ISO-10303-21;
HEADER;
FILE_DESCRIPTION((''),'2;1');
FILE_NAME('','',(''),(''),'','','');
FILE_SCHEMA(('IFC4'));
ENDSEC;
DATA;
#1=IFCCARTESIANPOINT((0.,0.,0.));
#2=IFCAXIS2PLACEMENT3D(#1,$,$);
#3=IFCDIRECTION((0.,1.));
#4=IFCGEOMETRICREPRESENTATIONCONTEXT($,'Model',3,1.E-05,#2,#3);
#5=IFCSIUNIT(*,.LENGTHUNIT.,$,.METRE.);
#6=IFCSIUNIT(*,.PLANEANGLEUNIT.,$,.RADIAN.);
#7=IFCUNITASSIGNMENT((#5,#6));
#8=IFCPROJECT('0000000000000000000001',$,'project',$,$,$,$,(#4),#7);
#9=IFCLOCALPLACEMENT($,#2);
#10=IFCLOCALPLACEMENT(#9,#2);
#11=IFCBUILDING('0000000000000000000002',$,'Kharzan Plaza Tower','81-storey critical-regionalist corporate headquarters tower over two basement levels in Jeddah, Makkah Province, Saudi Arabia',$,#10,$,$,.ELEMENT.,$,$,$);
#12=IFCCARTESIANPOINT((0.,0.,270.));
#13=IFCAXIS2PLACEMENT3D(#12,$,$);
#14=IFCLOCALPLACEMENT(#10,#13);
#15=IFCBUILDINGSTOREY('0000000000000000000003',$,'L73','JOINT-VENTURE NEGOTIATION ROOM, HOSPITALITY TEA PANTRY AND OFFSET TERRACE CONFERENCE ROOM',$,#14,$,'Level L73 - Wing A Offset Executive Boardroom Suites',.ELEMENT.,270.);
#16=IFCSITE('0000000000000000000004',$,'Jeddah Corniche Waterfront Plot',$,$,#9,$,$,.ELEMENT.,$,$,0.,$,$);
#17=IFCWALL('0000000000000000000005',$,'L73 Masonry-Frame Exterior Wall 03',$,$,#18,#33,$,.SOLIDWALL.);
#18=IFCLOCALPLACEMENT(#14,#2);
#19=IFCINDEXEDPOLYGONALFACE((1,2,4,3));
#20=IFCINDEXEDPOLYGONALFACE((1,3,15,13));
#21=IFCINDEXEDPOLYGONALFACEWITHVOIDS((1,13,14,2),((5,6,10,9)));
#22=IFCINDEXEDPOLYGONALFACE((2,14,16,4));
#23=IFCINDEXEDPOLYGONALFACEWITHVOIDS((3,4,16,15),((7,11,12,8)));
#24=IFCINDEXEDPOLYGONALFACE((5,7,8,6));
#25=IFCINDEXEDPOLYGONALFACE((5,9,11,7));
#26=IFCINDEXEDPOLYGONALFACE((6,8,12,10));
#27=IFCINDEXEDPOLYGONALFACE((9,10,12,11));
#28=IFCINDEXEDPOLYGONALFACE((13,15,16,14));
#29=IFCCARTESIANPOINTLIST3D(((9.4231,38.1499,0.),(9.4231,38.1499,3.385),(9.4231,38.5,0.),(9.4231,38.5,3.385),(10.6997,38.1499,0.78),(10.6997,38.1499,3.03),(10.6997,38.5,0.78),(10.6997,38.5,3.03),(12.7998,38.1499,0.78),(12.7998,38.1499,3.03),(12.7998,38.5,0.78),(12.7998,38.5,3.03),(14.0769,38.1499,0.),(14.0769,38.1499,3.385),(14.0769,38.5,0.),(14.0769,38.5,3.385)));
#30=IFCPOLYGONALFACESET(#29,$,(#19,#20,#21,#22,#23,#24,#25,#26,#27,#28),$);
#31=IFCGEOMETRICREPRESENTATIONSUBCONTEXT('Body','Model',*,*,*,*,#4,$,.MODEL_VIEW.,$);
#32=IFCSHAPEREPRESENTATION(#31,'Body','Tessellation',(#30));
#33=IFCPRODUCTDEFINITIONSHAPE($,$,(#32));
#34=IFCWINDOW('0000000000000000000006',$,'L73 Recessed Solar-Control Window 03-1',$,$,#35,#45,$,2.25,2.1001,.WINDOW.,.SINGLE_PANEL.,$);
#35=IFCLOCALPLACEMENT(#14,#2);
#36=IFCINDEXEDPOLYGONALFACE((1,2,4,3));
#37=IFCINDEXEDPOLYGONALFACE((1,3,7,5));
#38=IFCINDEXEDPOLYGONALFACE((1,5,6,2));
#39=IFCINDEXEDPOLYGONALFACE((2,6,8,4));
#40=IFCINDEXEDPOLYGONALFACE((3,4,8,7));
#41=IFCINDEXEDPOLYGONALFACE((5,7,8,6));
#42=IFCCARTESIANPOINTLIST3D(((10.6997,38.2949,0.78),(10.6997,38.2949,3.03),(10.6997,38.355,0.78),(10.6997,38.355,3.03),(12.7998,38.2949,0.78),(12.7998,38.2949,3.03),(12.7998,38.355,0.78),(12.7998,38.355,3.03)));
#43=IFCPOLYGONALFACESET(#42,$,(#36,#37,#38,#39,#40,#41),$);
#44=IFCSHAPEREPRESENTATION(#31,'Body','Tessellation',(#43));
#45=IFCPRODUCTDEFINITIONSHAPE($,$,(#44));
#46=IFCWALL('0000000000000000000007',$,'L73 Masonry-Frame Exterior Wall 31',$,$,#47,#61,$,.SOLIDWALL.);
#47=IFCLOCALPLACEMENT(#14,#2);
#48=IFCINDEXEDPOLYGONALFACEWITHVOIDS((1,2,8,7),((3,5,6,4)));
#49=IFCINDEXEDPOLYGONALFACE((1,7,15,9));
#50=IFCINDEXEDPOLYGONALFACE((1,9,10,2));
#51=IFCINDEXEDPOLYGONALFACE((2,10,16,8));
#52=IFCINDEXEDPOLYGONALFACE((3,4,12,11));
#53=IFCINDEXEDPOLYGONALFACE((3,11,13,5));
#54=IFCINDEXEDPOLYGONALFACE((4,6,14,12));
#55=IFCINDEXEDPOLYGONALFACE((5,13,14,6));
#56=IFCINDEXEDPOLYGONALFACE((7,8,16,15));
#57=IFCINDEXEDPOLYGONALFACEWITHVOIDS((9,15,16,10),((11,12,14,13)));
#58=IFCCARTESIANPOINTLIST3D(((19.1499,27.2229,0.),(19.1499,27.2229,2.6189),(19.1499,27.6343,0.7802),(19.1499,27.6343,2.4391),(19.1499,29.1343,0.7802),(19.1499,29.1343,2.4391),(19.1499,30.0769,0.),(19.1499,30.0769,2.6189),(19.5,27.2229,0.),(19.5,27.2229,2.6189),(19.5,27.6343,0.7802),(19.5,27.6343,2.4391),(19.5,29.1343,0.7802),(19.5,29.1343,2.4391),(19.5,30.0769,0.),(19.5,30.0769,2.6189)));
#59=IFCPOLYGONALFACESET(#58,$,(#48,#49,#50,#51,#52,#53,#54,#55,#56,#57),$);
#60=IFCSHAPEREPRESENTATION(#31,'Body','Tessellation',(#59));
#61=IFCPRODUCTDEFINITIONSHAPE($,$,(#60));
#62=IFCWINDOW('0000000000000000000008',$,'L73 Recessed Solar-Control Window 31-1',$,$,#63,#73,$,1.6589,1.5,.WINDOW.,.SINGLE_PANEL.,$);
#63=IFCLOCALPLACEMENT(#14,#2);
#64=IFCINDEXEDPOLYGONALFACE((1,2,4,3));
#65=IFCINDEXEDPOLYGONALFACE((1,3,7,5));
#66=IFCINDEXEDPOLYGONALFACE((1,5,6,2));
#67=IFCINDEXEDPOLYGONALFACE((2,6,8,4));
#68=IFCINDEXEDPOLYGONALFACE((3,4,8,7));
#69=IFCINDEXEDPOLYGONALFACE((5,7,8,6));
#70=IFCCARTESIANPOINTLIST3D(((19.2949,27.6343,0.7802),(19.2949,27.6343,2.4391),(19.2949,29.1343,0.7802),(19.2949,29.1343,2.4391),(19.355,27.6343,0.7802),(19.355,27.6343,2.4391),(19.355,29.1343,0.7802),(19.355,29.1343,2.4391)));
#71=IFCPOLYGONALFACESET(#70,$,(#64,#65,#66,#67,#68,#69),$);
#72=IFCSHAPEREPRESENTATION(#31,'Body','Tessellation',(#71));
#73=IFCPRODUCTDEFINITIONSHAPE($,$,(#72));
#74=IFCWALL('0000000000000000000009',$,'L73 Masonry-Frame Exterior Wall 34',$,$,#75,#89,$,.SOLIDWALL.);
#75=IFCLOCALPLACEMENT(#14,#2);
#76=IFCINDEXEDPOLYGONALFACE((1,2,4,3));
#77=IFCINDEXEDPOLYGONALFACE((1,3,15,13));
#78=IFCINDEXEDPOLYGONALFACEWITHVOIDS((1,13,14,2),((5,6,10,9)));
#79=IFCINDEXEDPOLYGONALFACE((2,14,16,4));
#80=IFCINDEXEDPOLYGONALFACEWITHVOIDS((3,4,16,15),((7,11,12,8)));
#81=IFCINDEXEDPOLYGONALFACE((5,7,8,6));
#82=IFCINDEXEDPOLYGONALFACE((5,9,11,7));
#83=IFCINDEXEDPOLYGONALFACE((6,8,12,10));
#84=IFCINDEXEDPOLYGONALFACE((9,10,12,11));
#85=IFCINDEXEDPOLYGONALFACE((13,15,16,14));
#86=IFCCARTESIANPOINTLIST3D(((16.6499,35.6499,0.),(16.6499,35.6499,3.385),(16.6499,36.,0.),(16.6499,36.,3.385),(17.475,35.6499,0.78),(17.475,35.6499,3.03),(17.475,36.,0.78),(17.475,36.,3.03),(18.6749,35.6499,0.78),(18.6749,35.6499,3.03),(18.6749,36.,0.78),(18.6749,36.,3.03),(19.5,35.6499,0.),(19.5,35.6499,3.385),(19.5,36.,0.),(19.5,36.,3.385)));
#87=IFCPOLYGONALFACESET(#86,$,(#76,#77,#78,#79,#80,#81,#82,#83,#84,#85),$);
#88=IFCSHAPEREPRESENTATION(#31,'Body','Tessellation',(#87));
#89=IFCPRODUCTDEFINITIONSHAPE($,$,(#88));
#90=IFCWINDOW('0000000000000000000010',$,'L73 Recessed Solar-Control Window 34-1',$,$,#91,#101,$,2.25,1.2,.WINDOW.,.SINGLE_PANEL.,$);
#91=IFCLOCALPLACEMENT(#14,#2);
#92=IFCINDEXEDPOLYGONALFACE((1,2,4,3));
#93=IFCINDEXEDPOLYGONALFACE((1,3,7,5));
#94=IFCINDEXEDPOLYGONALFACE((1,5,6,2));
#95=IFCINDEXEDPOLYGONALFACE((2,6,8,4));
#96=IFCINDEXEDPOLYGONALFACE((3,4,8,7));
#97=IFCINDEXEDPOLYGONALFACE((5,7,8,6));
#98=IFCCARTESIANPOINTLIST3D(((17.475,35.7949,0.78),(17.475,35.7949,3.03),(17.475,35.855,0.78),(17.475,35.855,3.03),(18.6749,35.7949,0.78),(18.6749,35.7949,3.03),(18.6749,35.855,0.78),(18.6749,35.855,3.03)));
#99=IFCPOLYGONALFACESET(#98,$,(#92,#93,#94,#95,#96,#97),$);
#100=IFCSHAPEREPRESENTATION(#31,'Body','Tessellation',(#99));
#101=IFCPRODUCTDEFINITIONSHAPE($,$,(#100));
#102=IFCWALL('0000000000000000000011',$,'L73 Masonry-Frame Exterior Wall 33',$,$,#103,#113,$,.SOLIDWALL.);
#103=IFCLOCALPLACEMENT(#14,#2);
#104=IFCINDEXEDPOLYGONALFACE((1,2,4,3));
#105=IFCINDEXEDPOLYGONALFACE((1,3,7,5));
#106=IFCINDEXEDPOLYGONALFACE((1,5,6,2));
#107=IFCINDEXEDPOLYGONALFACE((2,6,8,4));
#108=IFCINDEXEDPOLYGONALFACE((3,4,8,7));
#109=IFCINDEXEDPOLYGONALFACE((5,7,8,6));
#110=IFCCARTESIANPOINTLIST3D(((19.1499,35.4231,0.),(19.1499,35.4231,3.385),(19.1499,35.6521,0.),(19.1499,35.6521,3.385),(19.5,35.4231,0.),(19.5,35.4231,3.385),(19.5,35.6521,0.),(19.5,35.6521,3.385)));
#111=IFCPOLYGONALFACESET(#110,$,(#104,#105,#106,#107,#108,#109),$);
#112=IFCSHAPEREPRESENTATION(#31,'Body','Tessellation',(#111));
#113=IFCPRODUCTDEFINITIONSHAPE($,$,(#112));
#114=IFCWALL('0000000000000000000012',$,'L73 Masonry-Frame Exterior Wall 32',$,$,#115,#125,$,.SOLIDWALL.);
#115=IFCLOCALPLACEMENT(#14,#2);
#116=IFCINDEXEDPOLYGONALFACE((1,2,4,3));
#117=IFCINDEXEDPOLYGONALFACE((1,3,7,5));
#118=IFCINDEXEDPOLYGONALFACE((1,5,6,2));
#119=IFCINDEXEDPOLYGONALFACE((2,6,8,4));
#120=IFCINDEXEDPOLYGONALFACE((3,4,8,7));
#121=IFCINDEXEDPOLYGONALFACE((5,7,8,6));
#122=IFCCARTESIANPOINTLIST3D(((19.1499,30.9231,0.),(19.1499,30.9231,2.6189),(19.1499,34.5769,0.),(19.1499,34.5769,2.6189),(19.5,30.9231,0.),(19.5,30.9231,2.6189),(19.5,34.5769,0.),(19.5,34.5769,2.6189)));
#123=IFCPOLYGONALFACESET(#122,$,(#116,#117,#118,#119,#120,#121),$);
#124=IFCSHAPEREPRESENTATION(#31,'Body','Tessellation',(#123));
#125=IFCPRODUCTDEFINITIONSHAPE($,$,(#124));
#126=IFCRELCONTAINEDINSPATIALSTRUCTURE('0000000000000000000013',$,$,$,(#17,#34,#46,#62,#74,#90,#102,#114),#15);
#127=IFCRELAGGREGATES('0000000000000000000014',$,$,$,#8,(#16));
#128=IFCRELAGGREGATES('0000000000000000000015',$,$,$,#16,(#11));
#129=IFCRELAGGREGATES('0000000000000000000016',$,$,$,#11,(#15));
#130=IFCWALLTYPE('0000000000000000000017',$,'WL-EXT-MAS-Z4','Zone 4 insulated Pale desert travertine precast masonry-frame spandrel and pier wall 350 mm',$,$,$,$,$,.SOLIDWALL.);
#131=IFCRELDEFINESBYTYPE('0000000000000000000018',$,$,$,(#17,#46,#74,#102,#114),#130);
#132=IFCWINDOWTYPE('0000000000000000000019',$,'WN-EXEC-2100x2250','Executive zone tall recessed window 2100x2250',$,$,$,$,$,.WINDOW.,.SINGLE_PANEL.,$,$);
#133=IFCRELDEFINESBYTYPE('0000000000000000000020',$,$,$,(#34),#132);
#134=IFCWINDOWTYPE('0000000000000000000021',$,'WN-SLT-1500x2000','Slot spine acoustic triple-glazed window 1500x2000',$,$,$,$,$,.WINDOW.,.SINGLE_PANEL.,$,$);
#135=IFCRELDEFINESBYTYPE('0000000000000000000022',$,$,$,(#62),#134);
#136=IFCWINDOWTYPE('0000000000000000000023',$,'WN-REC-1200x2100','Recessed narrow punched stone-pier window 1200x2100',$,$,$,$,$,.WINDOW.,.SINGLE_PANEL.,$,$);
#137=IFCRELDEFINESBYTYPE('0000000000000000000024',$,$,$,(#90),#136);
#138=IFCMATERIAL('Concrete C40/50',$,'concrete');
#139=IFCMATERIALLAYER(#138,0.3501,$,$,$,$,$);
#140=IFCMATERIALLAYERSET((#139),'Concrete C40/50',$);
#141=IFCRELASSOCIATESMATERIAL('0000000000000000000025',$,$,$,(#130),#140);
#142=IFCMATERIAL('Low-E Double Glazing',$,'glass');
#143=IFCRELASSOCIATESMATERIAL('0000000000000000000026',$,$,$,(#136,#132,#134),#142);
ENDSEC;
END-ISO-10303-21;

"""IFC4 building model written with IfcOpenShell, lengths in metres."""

from ifc_helpers import new_model, si_unit, direction, frame, frame_2d, origin, place, context, subcontext, project, spatial, rectangle, extrude, source, transform, mapped, material, layer, layer_set, type_object, element, fill, save


model = new_model("IFC4")

# Units and contexts
model_context = context("Model", 3, precision=1e-05, world=origin(), true_north=direction((0.0, 1.0)))
body_context = subcontext(model_context, "Body", "Model", "MODEL_VIEW")
ifc_project = project(units=[si_unit("LENGTHUNIT", "METRE"), si_unit("PLANEANGLEUNIT", "RADIAN")], contexts=[model_context])

# Site, building, storey
site_placement = place(None, origin())
site = spatial("IfcSite", under=ifc_project, at=site_placement, Name="Jeddah Corniche Waterfront Plot", CompositionType="ELEMENT", RefElevation=0.0)
building_placement = place(site_placement, origin())
building = spatial("IfcBuilding", under=site, at=building_placement, Name="Kharzan Plaza Tower", Description="81-storey critical-regionalist corporate headquarters tower over two basement levels in Jeddah, Makkah Province, Saudi Arabia", CompositionType="ELEMENT")
storey_placement = place(building_placement, frame((0.0, 0.0, 270.0)))
storey = spatial("IfcBuildingStorey", under=building, at=storey_placement, Name="L73", Description="JOINT-VENTURE NEGOTIATION ROOM, HOSPITALITY TEA PANTRY AND OFFSET TERRACE CONFERENCE ROOM", LongName="Level L73 - Wing A Offset Executive Boardroom Suites", CompositionType="ELEMENT", Elevation=270.0)

# Walls, openings, windows
ifc_material_1 = material(Name="Concrete C40/50", Category="concrete")
ifc_layer_1 = layer(ifc_material_1, 0.3501)
ifc_layer_set_1 = layer_set([ifc_layer_1], Name="Concrete C40/50")
wall_type = type_object("IfcWallType", Name="WL-EXT-MAS-Z4", Description="Zone 4 insulated Pale desert travertine precast masonry-frame spandrel and pier wall 350 mm", PredefinedType="SOLIDWALL", material=ifc_layer_set_1)
ifc_material_2 = material(Name="Low-E Double Glazing", Category="glass")
window_type_1 = type_object("IfcWindowType", Name="WN-REC-1200x2100", Description="Recessed narrow punched stone-pier window 1200x2100", PartitioningType="SINGLE_PANEL", PredefinedType="WINDOW", material=ifc_material_2)
shared_shape_1 = source(origin(), body_context, "Body", "SweptSolid", [
    extrude(rectangle(XDim=1.2, YDim=2.25, at=frame_2d((0.6001, 1.125))), frame((0.0, 0.03, 0.0), z_axis=(0.0, -1.0, 0.0), x_axis=(1.0, 0.0, 0.0)), (0.0, 0.0, 1.0), 0.0601),
])
wall_1_placement = place(storey_placement, frame((14.0769, 38.325, 0.0), z_axis=(0.0, 0.0, 1.0), x_axis=(-1.0, 0.0, 0.0)))
wall_1 = element("IfcWall", 1, at=wall_1_placement, inside=storey, type_object=wall_type, Name="L73 Masonry-Frame Exterior Wall 03", PredefinedType="SOLIDWALL", context=body_context, shape_type="SweptSolid", body=[
    extrude(rectangle(XDim=4.6538, YDim=0.3501, at=frame_2d((2.3269, 0.0))), origin(), (0.0, 0.0, 1.0), 3.385),
])
opening_1_placement = place(wall_1_placement, frame((1.2771, 0.0, 0.78)))
opening_1 = element("IfcOpeningElement", 2, at=opening_1_placement, cuts=wall_1, PredefinedType="OPENING", context=body_context, shape_type="SweptSolid", body=[
    extrude(rectangle(XDim=2.1001, YDim=2.25, at=frame_2d((1.05, 1.125))), frame((0.0, 0.1851, 0.0), z_axis=(0.0, -1.0, 0.0), x_axis=(1.0, 0.0, 0.0)), (0.0, 0.0, 1.0), 0.3701),
])
window_type_2 = type_object("IfcWindowType", Name="WN-EXEC-2100x2250", Description="Executive zone tall recessed window 2100x2250", PartitioningType="SINGLE_PANEL", PredefinedType="WINDOW", material=ifc_material_2)
shared_shape_2 = source(origin(), body_context, "Body", "SweptSolid", [
    extrude(rectangle(XDim=2.1001, YDim=2.25, at=frame_2d((1.05, 1.125))), frame((0.0, 0.03, 0.0), z_axis=(0.0, -1.0, 0.0), x_axis=(1.0, 0.0, 0.0)), (0.0, 0.0, 1.0), 0.0601),
])
window_1_placement = place(opening_1_placement, origin())
window_1 = element("IfcWindow", 3, at=window_1_placement, inside=storey, type_object=window_type_2, Name="L73 Recessed Solar-Control Window 03-1", OverallHeight=2.25, OverallWidth=2.1001, PartitioningType="SINGLE_PANEL", PredefinedType="WINDOW", context=body_context, shape_type="MappedRepresentation", body=[
    mapped(shared_shape_2, transform((0.0, 0.0, 0.0), x_axis=(1.0, 0.0, 0.0), y_axis=(0.0, 1.0, 0.0), z_axis=(0.0, 0.0, 1.0))),
])
fill(opening_1, window_1)
wall_2_placement = place(storey_placement, frame((19.325, 27.2229, 0.0), z_axis=(0.0, 0.0, 1.0), x_axis=(0.0, 1.0, 0.0)))
wall_2 = element("IfcWall", 4, at=wall_2_placement, inside=storey, type_object=wall_type, Name="L73 Masonry-Frame Exterior Wall 31", PredefinedType="SOLIDWALL", context=body_context, shape_type="SweptSolid", body=[
    extrude(rectangle(XDim=2.854, YDim=0.3501, at=frame_2d((1.427, 0.0))), origin(), (0.0, 0.0, 1.0), 2.6189),
])
opening_2_placement = place(wall_2_placement, frame((0.4114, 0.0, 0.78)))
opening_2 = element("IfcOpeningElement", 5, at=opening_2_placement, cuts=wall_2, PredefinedType="OPENING", context=body_context, shape_type="SweptSolid", body=[
    extrude(rectangle(XDim=1.5, YDim=1.6589, at=frame_2d((0.75, 0.8296))), frame((0.0, 0.1851, 0.0), z_axis=(0.0, -1.0, 0.0), x_axis=(1.0, 0.0, 0.0)), (0.0, 0.0, 1.0), 0.3701),
])
window_type_3 = type_object("IfcWindowType", Name="WN-SLT-1500x2000", Description="Slot spine acoustic triple-glazed window 1500x2000", PartitioningType="SINGLE_PANEL", PredefinedType="WINDOW", material=ifc_material_2)
shared_shape_3 = source(origin(), body_context, "Body", "SweptSolid", [
    extrude(rectangle(XDim=1.5, YDim=1.6589, at=frame_2d((0.75, 0.8296))), frame((0.0, 0.03, 0.0), z_axis=(0.0, -1.0, 0.0), x_axis=(1.0, 0.0, 0.0)), (0.0, 0.0, 1.0), 0.0601),
])
window_2_placement = place(opening_2_placement, origin())
window_2 = element("IfcWindow", 6, at=window_2_placement, inside=storey, type_object=window_type_3, Name="L73 Recessed Solar-Control Window 31-1", OverallHeight=1.6589, OverallWidth=1.5, PartitioningType="SINGLE_PANEL", PredefinedType="WINDOW", context=body_context, shape_type="MappedRepresentation", body=[
    mapped(shared_shape_3, transform((0.0, 0.0, 0.0), x_axis=(1.0, 0.0, 0.0), y_axis=(0.0, 1.0, 0.0), z_axis=(0.0, 0.0, 1.0))),
])
fill(opening_2, window_2)
wall_3_placement = place(storey_placement, frame((19.5, 35.825, 0.0), z_axis=(0.0, 0.0, 1.0), x_axis=(-1.0, 0.0, 0.0)))
wall_3 = element("IfcWall", 7, at=wall_3_placement, inside=storey, type_object=wall_type, Name="L73 Masonry-Frame Exterior Wall 34", PredefinedType="SOLIDWALL", context=body_context, shape_type="SweptSolid", body=[
    extrude(rectangle(XDim=2.8501, YDim=0.3501, at=frame_2d((1.425, 0.0))), origin(), (0.0, 0.0, 1.0), 3.385),
])
opening_3_placement = place(wall_3_placement, frame((0.825, 0.0, 0.78)))
opening_3 = element("IfcOpeningElement", 8, at=opening_3_placement, cuts=wall_3, PredefinedType="OPENING", context=body_context, shape_type="SweptSolid", body=[
    extrude(rectangle(XDim=1.2, YDim=2.25, at=frame_2d((0.6001, 1.125))), frame((0.0, 0.1851, 0.0), z_axis=(0.0, -1.0, 0.0), x_axis=(1.0, 0.0, 0.0)), (0.0, 0.0, 1.0), 0.3701),
])
window_3_placement = place(opening_3_placement, origin())
window_3 = element("IfcWindow", 9, at=window_3_placement, inside=storey, type_object=window_type_1, Name="L73 Recessed Solar-Control Window 34-1", OverallHeight=2.25, OverallWidth=1.2, PartitioningType="SINGLE_PANEL", PredefinedType="WINDOW", context=body_context, shape_type="MappedRepresentation", body=[
    mapped(shared_shape_1, transform((0.0, 0.0, 0.0), x_axis=(1.0, 0.0, 0.0), y_axis=(0.0, 1.0, 0.0), z_axis=(0.0, 0.0, 1.0))),
])
fill(opening_3, window_3)

# Walls
shared_shape_4 = source(origin(), body_context, "Body", "SweptSolid", [
    extrude(rectangle(XDim=0.229, YDim=0.3501, at=frame_2d((0.1145, 0.0))), origin(), (0.0, 0.0, 1.0), 3.385),
])
wall_4_placement = place(storey_placement, frame((19.325, 35.4231, 0.0), z_axis=(0.0, 0.0, 1.0), x_axis=(0.0, 1.0, 0.0)))
element("IfcWall", 10, at=wall_4_placement, inside=storey, type_object=wall_type, Name="L73 Masonry-Frame Exterior Wall 33", PredefinedType="SOLIDWALL", context=body_context, shape_type="MappedRepresentation", body=[
    mapped(shared_shape_4, transform((0.0, 0.0, 0.0), x_axis=(1.0, 0.0, 0.0), y_axis=(0.0, 1.0, 0.0), z_axis=(0.0, 0.0, 1.0))),
])
shared_shape_5 = source(origin(), body_context, "Body", "SweptSolid", [
    extrude(rectangle(XDim=3.6538, YDim=0.3501, at=frame_2d((1.8269, 0.0))), origin(), (0.0, 0.0, 1.0), 2.6189),
])
wall_5_placement = place(storey_placement, frame((19.325, 30.9231, 0.0), z_axis=(0.0, 0.0, 1.0), x_axis=(0.0, 1.0, 0.0)))
element("IfcWall", 11, at=wall_5_placement, inside=storey, type_object=wall_type, Name="L73 Masonry-Frame Exterior Wall 32", PredefinedType="SOLIDWALL", context=body_context, shape_type="MappedRepresentation", body=[
    mapped(shared_shape_5, transform((0.0, 0.0, 0.0), x_axis=(1.0, 0.0, 0.0), y_axis=(0.0, 1.0, 0.0), z_axis=(0.0, 0.0, 1.0))),
])

save(model, "model.ifc")
